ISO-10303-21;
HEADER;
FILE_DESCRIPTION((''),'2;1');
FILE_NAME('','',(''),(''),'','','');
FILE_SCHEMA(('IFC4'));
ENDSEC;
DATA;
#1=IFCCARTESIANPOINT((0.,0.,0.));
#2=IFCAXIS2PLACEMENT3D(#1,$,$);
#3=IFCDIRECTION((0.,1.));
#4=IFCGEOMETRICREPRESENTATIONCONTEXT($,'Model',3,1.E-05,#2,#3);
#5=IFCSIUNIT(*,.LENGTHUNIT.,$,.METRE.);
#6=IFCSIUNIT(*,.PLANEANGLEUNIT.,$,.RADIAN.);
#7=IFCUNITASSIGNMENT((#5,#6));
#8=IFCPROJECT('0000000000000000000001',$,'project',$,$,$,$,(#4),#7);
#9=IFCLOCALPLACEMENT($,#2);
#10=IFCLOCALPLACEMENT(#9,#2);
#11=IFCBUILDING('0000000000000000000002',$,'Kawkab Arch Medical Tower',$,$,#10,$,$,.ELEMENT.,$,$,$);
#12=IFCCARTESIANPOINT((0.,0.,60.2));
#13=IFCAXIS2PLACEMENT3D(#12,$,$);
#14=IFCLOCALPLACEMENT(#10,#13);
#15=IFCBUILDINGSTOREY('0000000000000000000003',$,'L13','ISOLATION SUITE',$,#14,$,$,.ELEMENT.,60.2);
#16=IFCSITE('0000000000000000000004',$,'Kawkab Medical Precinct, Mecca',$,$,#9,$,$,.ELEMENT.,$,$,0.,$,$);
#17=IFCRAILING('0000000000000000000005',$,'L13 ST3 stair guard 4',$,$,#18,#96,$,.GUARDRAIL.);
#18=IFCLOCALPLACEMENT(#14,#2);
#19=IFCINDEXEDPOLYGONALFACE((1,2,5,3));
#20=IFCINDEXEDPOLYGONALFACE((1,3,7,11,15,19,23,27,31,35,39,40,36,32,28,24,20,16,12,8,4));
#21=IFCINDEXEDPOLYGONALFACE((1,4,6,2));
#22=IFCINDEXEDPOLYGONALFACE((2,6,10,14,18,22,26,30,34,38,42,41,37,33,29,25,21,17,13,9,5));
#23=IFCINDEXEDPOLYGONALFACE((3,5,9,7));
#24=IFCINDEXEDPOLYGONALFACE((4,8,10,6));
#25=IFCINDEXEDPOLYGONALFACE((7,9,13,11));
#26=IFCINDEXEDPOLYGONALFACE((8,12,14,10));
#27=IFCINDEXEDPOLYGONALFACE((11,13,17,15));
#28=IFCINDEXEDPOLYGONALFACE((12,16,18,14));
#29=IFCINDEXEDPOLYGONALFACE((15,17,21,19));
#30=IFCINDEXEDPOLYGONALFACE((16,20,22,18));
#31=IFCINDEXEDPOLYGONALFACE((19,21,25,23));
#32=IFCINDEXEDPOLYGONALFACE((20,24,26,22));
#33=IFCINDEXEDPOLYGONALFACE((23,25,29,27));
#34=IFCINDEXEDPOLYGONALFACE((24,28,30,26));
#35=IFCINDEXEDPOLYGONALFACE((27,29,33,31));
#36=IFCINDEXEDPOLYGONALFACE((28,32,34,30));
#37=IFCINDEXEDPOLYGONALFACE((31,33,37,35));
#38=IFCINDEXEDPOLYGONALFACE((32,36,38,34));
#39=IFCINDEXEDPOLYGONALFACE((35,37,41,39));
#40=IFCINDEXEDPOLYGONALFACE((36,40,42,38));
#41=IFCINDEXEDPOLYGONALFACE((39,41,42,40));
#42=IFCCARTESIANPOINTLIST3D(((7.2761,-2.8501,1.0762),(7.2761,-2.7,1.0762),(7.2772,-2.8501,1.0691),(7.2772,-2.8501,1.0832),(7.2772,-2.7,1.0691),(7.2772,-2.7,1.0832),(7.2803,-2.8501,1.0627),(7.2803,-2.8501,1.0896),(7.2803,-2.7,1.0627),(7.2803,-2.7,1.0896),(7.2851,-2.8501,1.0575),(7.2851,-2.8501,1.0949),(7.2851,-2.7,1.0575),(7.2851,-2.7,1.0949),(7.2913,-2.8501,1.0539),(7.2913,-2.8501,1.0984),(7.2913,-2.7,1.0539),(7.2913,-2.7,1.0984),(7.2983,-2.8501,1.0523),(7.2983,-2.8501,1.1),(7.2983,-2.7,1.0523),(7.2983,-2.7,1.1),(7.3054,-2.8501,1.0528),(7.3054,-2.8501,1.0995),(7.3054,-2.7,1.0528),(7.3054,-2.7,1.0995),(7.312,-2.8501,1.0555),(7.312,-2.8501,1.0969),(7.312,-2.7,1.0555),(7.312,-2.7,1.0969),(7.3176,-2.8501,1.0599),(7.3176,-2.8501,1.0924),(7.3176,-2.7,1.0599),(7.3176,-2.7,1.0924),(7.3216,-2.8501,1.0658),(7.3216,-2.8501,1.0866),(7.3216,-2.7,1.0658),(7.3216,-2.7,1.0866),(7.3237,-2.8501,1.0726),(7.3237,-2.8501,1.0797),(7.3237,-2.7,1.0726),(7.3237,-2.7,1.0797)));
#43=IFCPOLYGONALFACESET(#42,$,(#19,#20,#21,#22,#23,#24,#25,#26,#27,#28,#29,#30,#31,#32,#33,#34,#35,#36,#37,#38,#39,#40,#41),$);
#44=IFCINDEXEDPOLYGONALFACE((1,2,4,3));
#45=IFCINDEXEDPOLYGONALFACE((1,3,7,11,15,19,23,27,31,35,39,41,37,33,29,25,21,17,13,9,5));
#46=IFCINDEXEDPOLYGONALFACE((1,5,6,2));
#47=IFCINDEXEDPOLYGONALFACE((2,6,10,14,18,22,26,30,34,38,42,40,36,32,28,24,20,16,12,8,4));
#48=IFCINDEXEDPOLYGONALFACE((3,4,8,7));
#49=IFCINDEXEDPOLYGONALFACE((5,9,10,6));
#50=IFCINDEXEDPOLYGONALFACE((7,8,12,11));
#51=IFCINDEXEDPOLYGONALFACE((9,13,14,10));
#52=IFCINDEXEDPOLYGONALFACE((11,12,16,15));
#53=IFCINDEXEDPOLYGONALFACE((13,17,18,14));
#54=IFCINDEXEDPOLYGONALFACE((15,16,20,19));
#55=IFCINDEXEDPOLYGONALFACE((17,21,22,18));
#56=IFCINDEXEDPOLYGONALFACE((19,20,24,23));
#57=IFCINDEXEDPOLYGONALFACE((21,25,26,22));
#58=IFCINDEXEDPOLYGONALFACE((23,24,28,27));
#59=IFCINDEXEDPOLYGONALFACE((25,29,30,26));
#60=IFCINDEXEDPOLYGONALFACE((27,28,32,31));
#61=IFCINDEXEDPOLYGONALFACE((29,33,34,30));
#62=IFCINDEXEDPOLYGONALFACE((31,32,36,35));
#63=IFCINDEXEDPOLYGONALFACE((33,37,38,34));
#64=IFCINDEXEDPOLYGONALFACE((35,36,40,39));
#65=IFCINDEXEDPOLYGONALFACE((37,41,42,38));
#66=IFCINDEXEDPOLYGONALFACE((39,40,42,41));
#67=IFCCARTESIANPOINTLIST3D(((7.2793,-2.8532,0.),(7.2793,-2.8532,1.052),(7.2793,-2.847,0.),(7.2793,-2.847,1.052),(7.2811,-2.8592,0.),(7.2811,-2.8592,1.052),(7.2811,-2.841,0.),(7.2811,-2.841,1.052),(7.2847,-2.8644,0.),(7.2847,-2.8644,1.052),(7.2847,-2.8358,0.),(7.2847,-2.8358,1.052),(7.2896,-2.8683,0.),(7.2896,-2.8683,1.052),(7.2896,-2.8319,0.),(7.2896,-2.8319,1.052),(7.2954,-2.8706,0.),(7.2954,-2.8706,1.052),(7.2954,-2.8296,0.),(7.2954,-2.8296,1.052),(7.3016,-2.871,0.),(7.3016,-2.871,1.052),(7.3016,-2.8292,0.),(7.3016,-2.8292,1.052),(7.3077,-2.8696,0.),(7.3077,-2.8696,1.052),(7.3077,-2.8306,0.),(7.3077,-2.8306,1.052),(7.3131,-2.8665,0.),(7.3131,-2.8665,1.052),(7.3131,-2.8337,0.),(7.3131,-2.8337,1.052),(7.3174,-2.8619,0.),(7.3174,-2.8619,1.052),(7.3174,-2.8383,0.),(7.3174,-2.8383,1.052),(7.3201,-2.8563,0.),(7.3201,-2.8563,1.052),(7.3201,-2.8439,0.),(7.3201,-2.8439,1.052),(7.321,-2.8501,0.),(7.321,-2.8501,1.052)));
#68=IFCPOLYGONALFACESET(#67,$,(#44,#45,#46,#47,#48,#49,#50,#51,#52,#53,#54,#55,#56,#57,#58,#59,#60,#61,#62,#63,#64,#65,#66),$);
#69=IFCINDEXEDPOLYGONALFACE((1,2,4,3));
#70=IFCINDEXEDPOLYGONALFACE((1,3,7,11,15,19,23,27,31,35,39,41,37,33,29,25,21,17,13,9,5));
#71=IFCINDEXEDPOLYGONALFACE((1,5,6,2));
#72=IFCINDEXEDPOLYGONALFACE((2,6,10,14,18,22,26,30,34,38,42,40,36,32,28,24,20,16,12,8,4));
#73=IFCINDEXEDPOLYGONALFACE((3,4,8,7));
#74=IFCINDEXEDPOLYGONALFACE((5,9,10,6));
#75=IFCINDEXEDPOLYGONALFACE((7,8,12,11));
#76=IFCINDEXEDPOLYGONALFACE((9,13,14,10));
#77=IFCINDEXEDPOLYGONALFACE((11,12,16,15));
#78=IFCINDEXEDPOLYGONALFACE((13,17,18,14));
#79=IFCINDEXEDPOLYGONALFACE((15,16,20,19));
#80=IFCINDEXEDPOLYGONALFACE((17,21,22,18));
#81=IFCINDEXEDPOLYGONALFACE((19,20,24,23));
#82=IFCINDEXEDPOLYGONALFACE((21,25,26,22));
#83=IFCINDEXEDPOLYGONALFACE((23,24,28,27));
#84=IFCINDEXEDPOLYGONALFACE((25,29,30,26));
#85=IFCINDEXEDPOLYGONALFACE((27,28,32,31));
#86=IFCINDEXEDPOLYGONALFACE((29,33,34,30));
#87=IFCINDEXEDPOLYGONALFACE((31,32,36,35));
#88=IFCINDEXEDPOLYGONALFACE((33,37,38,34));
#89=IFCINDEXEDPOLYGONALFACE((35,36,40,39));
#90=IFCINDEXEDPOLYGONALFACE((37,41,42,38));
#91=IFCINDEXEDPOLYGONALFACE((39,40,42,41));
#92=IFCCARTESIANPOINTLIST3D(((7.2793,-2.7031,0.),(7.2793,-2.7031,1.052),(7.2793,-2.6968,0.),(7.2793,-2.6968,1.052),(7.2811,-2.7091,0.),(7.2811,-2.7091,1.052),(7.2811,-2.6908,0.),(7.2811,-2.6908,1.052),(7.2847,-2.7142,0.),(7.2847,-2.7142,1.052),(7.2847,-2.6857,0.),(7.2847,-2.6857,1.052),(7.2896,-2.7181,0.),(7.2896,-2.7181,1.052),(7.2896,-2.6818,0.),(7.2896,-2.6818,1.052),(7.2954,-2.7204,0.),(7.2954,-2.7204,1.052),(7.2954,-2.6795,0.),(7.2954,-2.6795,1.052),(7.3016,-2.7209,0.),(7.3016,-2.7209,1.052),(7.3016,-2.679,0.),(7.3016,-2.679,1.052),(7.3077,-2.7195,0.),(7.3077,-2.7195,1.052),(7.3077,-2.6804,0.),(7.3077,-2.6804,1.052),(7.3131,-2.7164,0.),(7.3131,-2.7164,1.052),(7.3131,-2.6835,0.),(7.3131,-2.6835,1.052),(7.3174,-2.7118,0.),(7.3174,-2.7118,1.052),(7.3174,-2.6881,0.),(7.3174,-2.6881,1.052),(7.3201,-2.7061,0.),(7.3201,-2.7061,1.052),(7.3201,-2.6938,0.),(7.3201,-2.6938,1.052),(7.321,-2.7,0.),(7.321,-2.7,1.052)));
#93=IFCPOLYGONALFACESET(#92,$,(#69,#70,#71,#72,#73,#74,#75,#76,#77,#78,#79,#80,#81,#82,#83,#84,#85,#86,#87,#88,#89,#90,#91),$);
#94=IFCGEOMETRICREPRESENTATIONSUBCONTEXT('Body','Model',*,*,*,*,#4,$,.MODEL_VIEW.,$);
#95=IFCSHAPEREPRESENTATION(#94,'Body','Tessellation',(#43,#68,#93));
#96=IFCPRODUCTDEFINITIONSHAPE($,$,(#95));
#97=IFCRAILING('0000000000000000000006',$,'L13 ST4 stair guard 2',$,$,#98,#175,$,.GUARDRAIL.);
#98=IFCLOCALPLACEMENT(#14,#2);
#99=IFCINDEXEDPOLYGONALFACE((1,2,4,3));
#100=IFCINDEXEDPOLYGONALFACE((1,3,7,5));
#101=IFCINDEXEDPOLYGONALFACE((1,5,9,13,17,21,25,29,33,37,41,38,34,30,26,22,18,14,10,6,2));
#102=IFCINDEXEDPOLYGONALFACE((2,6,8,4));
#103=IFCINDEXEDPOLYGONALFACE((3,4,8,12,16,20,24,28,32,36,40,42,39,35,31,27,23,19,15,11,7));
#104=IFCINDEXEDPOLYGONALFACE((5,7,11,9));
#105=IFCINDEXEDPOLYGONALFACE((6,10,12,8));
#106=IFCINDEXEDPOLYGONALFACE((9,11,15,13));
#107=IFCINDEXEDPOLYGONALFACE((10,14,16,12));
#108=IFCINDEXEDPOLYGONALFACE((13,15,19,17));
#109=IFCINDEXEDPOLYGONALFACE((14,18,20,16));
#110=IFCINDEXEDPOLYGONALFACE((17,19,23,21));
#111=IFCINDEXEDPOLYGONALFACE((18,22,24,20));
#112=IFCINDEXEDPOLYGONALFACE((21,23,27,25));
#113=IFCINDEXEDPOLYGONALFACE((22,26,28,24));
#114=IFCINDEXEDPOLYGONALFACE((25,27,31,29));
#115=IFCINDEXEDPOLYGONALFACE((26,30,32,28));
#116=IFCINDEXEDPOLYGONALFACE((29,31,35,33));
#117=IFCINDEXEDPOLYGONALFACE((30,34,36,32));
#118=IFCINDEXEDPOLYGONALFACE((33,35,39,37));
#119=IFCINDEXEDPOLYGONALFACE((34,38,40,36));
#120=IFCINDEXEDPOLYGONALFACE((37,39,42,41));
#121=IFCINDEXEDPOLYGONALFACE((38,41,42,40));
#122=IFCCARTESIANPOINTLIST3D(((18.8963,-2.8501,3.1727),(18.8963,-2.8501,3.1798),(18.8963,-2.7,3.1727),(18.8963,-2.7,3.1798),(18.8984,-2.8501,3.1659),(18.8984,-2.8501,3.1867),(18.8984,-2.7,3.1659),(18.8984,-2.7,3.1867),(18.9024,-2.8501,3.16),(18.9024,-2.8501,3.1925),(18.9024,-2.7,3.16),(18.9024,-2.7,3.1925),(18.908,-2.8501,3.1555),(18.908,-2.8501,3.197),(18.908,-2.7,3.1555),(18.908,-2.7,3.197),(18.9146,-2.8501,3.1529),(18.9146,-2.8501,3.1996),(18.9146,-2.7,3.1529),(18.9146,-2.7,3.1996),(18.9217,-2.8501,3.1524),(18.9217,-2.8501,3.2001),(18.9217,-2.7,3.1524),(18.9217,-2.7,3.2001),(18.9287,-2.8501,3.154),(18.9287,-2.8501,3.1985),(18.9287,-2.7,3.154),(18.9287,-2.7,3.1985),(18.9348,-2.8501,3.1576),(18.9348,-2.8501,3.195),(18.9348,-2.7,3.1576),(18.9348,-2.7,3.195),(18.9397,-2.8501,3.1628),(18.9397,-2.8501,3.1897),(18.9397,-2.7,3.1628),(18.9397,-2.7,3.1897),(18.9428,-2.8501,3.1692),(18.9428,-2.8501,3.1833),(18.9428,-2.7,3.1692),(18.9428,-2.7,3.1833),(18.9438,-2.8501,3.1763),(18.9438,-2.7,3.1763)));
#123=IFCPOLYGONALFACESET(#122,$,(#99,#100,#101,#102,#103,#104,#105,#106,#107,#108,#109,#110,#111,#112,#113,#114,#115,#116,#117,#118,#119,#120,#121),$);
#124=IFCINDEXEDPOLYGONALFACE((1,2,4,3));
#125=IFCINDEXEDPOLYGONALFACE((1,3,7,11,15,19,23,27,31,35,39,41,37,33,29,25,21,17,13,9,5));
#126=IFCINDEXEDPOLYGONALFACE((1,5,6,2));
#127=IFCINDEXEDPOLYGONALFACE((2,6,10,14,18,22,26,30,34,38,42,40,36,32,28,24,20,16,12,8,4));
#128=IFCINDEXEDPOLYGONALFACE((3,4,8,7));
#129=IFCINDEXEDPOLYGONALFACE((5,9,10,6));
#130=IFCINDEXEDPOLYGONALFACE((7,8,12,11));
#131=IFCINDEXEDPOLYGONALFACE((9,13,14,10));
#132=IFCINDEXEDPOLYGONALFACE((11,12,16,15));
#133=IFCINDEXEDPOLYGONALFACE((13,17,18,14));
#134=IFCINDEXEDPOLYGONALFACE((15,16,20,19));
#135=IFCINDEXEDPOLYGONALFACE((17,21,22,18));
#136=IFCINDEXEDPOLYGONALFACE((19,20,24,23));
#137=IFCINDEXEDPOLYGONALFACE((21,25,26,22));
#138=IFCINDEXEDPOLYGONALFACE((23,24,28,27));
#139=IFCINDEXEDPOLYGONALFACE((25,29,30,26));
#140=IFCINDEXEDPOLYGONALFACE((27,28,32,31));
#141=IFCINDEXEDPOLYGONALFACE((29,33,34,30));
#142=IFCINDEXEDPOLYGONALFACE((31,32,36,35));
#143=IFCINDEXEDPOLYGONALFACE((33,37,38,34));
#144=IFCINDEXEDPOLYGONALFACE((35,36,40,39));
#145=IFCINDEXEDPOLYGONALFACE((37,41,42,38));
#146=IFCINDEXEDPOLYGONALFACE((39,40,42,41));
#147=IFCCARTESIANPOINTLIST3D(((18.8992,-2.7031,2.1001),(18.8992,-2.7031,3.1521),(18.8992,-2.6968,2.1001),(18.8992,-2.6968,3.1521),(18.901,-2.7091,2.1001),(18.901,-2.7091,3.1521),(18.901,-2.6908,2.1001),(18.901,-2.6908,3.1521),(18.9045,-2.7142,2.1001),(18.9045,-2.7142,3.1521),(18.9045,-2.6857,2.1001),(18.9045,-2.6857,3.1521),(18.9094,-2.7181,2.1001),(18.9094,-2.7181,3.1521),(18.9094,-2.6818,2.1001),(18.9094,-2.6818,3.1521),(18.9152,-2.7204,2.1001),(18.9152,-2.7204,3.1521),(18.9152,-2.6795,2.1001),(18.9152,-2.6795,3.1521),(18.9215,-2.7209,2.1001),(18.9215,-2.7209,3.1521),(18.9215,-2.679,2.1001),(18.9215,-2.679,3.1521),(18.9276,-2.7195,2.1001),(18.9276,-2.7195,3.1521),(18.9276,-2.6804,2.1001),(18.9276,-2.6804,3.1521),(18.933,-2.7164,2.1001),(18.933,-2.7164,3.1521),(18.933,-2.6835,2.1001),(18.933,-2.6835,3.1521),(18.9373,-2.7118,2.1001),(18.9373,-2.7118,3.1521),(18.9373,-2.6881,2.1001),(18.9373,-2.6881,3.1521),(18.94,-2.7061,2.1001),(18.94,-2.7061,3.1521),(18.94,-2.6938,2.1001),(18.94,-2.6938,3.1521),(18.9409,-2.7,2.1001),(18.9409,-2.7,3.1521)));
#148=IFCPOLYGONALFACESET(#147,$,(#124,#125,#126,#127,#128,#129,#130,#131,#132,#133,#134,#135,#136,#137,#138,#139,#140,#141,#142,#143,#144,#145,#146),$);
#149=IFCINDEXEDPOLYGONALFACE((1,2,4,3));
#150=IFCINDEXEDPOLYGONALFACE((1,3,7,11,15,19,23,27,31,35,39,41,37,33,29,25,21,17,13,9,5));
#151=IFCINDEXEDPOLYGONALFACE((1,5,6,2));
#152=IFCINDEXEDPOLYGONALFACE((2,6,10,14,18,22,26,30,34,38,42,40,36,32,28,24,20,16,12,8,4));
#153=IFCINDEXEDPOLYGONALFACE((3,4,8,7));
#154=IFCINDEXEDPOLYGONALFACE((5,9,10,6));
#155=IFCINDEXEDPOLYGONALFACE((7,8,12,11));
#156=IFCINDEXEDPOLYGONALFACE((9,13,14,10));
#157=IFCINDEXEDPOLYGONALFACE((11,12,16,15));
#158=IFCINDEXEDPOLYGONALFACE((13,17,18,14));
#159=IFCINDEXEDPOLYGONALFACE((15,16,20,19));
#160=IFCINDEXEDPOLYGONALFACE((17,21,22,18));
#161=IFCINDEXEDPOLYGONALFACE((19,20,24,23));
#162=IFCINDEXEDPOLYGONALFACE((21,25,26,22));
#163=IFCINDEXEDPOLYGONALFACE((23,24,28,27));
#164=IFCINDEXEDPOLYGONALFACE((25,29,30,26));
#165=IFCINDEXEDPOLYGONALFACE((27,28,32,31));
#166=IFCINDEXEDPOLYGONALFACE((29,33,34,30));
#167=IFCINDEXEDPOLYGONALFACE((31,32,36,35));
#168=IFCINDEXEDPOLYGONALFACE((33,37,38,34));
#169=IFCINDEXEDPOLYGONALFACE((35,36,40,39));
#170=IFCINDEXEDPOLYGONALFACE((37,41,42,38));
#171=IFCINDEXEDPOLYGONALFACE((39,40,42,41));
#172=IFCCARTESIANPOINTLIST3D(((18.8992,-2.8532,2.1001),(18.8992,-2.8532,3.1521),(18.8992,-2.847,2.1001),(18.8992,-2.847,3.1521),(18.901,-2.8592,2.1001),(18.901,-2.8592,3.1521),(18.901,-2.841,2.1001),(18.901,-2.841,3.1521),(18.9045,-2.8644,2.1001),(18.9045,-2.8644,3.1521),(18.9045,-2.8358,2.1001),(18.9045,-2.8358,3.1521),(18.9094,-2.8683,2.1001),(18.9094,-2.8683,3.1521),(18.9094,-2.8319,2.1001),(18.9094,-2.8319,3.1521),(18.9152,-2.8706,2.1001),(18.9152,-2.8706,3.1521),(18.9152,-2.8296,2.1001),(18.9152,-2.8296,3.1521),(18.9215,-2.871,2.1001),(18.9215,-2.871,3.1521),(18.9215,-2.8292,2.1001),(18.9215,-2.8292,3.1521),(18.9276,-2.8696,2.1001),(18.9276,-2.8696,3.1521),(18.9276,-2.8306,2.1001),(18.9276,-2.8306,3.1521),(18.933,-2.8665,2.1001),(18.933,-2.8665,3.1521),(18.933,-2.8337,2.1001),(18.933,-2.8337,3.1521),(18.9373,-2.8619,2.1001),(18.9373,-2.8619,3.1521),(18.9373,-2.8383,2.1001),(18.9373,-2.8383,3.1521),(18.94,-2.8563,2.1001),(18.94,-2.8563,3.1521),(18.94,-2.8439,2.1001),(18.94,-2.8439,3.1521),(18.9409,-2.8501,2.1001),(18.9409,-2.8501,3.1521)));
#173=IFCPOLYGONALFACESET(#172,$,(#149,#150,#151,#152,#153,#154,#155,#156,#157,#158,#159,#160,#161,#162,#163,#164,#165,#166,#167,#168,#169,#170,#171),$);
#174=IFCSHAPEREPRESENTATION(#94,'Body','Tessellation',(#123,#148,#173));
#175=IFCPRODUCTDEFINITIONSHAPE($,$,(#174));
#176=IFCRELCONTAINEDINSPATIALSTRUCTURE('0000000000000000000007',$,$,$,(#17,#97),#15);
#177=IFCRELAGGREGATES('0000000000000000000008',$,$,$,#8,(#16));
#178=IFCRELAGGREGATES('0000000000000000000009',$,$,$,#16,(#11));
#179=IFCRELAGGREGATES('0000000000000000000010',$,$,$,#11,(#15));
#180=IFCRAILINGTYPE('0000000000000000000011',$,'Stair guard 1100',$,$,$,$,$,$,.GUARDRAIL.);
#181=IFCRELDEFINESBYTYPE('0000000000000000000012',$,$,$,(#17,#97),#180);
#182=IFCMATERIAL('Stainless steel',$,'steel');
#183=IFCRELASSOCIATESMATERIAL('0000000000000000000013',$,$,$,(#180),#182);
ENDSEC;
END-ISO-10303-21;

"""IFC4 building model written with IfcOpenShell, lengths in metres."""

from ifc_helpers import new_model, si_unit, direction, frame, origin, origin_2d, place, context, subcontext, project, spatial, circle, extrude, material, type_object, element, save


model = new_model("IFC4")

# Units and contexts
model_context = context("Model", 3, precision=1e-05, world=origin(), true_north=direction((0.0, 1.0)))
body_context = subcontext(model_context, "Body", "Model", "MODEL_VIEW")
ifc_project = project(units=[si_unit("LENGTHUNIT", "METRE"), si_unit("PLANEANGLEUNIT", "RADIAN")], contexts=[model_context])

# Site, building, storey
site_placement = place(None, origin())
site = spatial("IfcSite", under=ifc_project, at=site_placement, Name="Kawkab Medical Precinct, Mecca", CompositionType="ELEMENT", RefElevation=0.0)
building_placement = place(site_placement, origin())
building = spatial("IfcBuilding", under=site, at=building_placement, Name="Kawkab Arch Medical Tower", CompositionType="ELEMENT")
storey_placement = place(building_placement, frame((0.0, 0.0, 60.2)))
storey = spatial("IfcBuildingStorey", under=building, at=storey_placement, Name="L13", Description="ISOLATION SUITE", CompositionType="ELEMENT", Elevation=60.2)

# Railings
ifc_material_1 = material(Name="Stainless steel", Category="steel")
railing_type_1 = type_object("IfcRailingType", Name="Stair guard 1100", PredefinedType="GUARDRAIL", material=ifc_material_1)
railing_1_placement = place(storey_placement, frame((7.3, -2.8501, 0.0)))
element("IfcRailing", 1, at=railing_1_placement, inside=storey, type_object=railing_type_1, Name="L13 ST3 stair guard 4", PredefinedType="GUARDRAIL", context=body_context, shape_type="SweptSolid", body=[
    extrude(circle(Radius=0.0239, at=origin_2d()), frame((0.0, 0.0, 1.0762), z_axis=(0.0, 1.0, 0.0), x_axis=(-1.0, 0.0, 0.0)), (0.0, 0.0, 1.0), 0.1501),
    extrude(circle(Radius=0.021, at=origin_2d()), origin(), (0.0, 0.0, 1.0), 1.052),
    extrude(circle(Radius=0.021, at=origin_2d()), frame((0.0, 0.1501, 0.0)), (0.0, 0.0, 1.0), 1.052),
])
railing_2_placement = place(storey_placement, frame((18.9199, -2.7, 2.1001)))
element("IfcRailing", 2, at=railing_2_placement, inside=storey, type_object=railing_type_1, Name="L13 ST4 stair guard 2", PredefinedType="GUARDRAIL", context=body_context, shape_type="SweptSolid", body=[
    extrude(circle(Radius=0.0239, at=origin_2d()), frame((0.0, 0.0, 1.0762), z_axis=(0.0, -1.0, 0.0), x_axis=(1.0, 0.0, 0.0)), (0.0, 0.0, 1.0), 0.1501),
    extrude(circle(Radius=0.021, at=origin_2d()), origin(), (0.0, 0.0, 1.0), 1.052),
    extrude(circle(Radius=0.021, at=origin_2d()), frame((0.0, -0.1501, 0.0)), (0.0, 0.0, 1.0), 1.052),
])

save(model, "model.ifc")
